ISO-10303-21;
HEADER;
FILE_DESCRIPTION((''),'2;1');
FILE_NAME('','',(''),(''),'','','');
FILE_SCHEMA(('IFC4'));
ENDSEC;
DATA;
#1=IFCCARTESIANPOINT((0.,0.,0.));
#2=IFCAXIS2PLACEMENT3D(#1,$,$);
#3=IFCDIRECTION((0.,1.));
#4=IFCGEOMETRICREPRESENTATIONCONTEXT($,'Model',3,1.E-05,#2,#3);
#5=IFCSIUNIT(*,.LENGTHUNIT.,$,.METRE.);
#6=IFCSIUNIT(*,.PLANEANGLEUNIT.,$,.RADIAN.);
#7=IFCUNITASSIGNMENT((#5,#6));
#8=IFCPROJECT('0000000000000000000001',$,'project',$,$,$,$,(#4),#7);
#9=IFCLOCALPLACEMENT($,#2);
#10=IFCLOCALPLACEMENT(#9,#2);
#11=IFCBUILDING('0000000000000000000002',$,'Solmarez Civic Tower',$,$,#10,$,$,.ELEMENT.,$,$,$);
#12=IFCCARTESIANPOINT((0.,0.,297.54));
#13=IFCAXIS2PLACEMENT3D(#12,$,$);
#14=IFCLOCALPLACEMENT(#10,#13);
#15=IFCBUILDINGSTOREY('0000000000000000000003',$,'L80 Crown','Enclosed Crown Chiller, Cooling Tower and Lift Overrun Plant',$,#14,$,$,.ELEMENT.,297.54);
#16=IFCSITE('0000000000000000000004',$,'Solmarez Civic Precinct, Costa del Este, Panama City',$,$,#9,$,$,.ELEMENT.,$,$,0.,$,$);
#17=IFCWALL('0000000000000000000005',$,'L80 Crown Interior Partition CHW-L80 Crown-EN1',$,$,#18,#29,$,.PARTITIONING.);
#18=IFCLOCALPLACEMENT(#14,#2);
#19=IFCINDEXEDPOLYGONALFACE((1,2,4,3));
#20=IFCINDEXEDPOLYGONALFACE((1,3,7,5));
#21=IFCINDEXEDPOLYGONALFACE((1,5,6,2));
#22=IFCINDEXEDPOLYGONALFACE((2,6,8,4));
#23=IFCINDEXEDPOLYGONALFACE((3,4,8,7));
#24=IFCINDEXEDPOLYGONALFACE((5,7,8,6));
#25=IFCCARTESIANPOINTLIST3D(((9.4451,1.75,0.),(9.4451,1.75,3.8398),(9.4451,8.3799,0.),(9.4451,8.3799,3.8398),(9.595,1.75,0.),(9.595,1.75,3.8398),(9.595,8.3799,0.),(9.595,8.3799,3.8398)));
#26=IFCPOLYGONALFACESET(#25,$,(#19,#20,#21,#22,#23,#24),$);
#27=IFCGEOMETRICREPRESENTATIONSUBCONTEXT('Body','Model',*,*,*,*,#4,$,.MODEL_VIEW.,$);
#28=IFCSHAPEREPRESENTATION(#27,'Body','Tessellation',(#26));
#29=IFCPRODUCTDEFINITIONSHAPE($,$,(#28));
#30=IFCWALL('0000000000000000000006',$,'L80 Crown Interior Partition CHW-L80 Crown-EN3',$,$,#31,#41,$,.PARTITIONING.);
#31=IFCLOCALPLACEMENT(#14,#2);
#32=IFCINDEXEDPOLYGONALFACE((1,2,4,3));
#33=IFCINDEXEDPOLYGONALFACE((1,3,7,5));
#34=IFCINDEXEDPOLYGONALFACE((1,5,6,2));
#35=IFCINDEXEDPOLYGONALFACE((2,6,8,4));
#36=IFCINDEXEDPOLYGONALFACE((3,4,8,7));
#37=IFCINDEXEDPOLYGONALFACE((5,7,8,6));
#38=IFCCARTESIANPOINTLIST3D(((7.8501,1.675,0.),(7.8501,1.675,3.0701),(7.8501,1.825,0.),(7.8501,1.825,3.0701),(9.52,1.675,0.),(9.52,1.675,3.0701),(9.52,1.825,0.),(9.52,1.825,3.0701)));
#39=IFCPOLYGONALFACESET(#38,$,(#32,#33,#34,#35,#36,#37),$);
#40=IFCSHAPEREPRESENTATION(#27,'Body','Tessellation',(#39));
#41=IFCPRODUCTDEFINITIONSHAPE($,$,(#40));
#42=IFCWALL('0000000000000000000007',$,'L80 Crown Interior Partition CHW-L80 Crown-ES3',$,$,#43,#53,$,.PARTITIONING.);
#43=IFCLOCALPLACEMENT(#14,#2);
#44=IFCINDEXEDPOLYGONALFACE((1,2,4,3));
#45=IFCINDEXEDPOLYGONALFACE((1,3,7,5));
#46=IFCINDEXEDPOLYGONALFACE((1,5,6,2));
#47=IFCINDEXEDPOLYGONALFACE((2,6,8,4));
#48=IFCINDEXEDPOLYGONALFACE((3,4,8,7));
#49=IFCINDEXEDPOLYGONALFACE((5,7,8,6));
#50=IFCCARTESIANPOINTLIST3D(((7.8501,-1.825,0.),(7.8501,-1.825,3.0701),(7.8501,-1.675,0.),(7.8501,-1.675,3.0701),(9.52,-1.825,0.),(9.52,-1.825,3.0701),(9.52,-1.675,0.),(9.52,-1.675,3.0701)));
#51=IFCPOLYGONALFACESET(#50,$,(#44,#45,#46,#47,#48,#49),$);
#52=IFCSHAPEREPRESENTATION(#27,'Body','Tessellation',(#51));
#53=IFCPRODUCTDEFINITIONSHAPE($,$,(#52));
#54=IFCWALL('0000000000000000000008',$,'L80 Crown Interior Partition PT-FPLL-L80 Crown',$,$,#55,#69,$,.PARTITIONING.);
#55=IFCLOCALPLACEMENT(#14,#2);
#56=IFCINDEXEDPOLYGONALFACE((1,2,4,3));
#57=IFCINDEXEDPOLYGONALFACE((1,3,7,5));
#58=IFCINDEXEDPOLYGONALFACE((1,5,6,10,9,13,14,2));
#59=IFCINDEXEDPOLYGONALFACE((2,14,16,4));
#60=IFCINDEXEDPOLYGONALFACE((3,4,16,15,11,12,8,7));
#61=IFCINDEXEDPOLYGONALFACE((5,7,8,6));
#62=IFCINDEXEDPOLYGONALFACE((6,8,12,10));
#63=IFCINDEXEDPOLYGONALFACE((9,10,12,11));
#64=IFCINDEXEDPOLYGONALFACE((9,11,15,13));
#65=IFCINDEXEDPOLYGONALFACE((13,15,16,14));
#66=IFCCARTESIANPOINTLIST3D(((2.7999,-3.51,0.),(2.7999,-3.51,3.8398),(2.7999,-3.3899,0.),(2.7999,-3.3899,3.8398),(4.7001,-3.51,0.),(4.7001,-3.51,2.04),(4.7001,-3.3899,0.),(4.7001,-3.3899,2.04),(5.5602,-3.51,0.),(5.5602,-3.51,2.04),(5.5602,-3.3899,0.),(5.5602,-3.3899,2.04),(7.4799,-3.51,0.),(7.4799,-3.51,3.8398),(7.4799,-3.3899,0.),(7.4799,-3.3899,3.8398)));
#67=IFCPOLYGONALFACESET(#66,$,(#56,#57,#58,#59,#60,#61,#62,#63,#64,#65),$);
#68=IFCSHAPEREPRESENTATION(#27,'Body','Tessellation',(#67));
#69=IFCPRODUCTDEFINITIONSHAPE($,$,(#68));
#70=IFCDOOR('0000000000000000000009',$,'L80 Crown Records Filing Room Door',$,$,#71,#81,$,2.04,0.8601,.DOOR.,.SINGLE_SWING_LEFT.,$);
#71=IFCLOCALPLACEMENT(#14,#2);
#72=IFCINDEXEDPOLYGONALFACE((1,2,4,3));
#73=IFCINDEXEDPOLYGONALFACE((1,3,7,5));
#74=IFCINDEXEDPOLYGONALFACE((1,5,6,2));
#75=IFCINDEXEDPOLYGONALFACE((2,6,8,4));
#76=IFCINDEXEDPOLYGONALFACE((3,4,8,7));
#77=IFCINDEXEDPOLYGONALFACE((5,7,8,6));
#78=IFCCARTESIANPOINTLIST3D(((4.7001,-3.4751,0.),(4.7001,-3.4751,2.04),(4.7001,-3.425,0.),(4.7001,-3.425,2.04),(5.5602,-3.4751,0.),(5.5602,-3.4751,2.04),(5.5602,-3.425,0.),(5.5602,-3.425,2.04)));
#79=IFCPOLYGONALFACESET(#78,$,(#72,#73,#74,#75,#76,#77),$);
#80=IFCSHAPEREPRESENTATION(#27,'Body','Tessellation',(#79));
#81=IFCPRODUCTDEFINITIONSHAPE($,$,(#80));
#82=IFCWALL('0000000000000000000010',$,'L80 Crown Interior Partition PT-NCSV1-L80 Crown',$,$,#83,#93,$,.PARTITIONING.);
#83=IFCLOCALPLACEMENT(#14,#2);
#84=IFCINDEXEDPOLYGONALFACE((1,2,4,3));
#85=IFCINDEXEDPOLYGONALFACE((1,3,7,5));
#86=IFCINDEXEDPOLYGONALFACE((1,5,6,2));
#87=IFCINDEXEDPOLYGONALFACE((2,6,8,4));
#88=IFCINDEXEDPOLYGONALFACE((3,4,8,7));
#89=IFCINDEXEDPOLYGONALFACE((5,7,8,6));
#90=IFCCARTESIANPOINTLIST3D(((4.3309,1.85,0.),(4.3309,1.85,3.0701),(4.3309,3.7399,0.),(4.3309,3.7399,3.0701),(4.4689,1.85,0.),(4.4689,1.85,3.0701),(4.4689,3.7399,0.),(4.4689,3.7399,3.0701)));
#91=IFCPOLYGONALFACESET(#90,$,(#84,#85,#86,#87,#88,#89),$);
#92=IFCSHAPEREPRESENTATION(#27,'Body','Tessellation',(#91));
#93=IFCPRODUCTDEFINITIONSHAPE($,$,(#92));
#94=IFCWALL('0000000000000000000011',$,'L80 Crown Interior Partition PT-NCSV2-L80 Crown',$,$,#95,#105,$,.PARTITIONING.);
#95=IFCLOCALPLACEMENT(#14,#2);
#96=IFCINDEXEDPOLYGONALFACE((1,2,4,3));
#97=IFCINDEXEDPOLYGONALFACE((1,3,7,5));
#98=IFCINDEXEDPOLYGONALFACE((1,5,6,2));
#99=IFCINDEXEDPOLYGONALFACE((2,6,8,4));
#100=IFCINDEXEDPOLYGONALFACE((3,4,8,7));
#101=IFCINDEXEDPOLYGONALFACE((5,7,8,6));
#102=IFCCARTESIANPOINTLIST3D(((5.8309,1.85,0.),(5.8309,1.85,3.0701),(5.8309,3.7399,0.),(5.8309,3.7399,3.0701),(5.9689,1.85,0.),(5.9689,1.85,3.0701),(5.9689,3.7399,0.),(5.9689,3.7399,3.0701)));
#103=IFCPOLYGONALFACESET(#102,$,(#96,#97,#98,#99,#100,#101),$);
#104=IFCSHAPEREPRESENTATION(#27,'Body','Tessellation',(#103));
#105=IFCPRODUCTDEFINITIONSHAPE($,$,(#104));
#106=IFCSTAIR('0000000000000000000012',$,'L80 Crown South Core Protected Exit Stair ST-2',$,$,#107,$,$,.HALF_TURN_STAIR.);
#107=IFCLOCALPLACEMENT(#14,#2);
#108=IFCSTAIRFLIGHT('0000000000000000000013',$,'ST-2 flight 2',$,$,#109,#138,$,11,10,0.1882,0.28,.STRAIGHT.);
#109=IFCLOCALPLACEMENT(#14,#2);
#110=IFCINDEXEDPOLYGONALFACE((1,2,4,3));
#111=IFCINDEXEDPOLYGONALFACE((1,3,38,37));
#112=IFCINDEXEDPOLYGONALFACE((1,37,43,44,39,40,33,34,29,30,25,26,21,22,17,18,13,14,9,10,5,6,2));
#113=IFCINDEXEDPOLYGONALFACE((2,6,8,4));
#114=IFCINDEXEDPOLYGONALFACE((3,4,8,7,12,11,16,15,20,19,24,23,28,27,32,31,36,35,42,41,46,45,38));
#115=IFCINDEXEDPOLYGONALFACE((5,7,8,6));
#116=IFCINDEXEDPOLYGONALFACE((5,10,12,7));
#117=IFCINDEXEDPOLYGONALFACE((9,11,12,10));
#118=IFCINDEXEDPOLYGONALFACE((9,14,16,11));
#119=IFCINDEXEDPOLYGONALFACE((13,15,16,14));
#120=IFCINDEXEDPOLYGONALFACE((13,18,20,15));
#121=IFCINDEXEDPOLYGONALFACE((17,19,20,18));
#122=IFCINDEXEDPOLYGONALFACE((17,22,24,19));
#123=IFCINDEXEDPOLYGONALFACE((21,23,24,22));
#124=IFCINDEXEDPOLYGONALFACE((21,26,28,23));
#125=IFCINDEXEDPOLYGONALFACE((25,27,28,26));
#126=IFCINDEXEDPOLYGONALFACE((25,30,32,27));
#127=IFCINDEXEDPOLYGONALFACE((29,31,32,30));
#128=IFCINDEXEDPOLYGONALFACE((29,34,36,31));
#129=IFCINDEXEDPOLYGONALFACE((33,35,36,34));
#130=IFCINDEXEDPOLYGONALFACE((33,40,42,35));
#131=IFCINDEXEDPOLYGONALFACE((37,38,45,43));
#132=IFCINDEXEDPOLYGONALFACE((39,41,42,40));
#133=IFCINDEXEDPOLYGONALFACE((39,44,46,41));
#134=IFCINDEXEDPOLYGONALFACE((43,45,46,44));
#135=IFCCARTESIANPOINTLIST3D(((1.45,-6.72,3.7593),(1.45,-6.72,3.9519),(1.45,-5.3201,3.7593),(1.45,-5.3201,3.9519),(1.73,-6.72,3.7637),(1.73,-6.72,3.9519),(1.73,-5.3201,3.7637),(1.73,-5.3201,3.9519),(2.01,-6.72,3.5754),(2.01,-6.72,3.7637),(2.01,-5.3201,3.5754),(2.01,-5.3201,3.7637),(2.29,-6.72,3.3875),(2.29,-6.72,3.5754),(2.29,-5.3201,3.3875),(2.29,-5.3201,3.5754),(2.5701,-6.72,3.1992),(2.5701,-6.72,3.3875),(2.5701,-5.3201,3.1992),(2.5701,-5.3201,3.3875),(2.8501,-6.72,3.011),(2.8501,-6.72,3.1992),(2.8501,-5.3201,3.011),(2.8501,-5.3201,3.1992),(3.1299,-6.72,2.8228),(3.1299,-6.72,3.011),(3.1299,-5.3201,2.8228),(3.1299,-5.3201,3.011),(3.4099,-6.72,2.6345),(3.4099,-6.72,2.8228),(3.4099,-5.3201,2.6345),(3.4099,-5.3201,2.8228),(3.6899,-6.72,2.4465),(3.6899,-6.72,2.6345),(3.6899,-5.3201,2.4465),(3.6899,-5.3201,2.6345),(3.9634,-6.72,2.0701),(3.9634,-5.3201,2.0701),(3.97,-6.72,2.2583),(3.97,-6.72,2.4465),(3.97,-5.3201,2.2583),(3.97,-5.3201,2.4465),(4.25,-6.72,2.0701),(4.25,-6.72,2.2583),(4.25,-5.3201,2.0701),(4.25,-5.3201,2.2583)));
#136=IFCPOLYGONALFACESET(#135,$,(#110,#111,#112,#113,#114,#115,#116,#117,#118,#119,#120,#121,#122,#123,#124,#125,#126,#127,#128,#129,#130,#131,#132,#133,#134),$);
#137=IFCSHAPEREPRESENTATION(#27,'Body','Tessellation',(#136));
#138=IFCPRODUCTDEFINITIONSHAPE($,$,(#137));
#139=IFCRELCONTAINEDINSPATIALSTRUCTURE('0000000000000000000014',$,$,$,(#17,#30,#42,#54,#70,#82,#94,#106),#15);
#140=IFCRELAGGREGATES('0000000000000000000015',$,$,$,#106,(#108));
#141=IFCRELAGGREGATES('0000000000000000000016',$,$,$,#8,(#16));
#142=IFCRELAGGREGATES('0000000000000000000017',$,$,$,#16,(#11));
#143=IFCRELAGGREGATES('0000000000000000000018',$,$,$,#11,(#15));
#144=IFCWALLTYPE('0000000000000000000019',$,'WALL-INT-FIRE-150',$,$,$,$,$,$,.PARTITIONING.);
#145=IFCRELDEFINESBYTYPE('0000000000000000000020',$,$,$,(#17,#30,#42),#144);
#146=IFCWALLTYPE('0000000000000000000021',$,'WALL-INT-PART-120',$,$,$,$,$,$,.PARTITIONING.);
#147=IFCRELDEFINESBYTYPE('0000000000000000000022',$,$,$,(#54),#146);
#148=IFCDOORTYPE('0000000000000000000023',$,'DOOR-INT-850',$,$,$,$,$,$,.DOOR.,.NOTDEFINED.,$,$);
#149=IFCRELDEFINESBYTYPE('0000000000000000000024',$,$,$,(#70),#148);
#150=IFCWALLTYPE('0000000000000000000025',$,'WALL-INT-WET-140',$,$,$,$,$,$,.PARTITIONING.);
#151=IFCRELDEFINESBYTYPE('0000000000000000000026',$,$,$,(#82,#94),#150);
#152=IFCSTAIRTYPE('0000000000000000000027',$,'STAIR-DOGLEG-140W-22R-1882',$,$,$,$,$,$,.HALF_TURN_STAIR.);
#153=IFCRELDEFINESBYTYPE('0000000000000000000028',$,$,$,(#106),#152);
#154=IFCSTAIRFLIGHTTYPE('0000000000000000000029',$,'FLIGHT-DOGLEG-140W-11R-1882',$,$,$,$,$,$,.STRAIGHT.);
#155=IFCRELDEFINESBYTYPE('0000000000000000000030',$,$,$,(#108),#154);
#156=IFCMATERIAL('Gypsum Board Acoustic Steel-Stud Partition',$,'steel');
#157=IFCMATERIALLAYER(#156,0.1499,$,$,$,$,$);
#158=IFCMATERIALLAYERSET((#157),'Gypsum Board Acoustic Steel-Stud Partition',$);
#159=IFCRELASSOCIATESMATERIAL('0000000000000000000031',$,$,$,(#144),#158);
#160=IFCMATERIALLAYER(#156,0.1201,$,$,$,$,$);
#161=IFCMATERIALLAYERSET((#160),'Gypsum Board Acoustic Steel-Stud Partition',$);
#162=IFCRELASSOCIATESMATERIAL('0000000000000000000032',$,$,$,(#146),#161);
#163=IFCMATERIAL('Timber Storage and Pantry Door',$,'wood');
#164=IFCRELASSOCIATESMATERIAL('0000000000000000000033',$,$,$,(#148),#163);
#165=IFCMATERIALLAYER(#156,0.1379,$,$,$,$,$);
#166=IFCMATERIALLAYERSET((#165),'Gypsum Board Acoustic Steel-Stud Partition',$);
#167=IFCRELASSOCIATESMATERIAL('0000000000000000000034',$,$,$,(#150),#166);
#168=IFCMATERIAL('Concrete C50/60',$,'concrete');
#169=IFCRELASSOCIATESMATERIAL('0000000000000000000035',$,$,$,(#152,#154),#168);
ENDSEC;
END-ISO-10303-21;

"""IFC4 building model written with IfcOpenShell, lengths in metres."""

from ifc_helpers import new_model, si_unit, direction, frame, frame_2d, origin, place, context, subcontext, project, spatial, polyline, rectangle, outline, extrude, material, layer, layer_set, type_object, element, fill, aggregate, save


model = new_model("IFC4")

# Units and contexts
model_context = context("Model", 3, precision=1e-05, world=origin(), true_north=direction((0.0, 1.0)))
body_context = subcontext(model_context, "Body", "Model", "MODEL_VIEW")
ifc_project = project(units=[si_unit("LENGTHUNIT", "METRE"), si_unit("PLANEANGLEUNIT", "RADIAN")], contexts=[model_context])

# Site, building, storey
site_placement = place(None, origin())
site = spatial("IfcSite", under=ifc_project, at=site_placement, Name="Solmarez Civic Precinct, Costa del Este, Panama City", CompositionType="ELEMENT", RefElevation=0.0)
building_placement = place(site_placement, origin())
building = spatial("IfcBuilding", under=site, at=building_placement, Name="Solmarez Civic Tower", CompositionType="ELEMENT")
storey_placement = place(building_placement, frame((0.0, 0.0, 297.54)))
storey = spatial("IfcBuildingStorey", under=building, at=storey_placement, Name="L80 Crown", Description="Enclosed Crown Chiller, Cooling Tower and Lift Overrun Plant", CompositionType="ELEMENT", Elevation=297.54)

# Shared definitions
ifc_material_1 = material(Name="Concrete C50/60", Category="concrete")

# Walls
ifc_material_2 = material(Name="Gypsum Board Acoustic Steel-Stud Partition", Category="steel")
ifc_layer_1 = layer(ifc_material_2, 0.1499)
ifc_layer_set_1 = layer_set([ifc_layer_1], Name="Gypsum Board Acoustic Steel-Stud Partition")
wall_type_1 = type_object("IfcWallType", Name="WALL-INT-FIRE-150", PredefinedType="PARTITIONING", material=ifc_layer_set_1)
wall_1_placement = place(storey_placement, frame((9.52, 1.75, 0.0), z_axis=(0.0, 0.0, 1.0), x_axis=(0.0, 1.0, 0.0)))
element("IfcWall", 1, at=wall_1_placement, inside=storey, type_object=wall_type_1, Name="L80 Crown Interior Partition CHW-L80 Crown-EN1", PredefinedType="PARTITIONING", context=body_context, shape_type="SweptSolid", body=[
    extrude(rectangle(XDim=6.6299, YDim=0.1499, at=frame_2d((3.3149, 0.0))), origin(), (0.0, 0.0, 1.0), 3.8398),
])
for number, where, z_axis, x_axis, name in (
    (2, (7.8501, 1.75, 0.0), (0.0, 0.0, 1.0), (1.0, 0.0, 0.0), "L80 Crown Interior Partition CHW-L80 Crown-EN3"),
    (3, (7.8501, -1.75, 0.0), (0.0, 0.0, 1.0), (1.0, 0.0, 0.0), "L80 Crown Interior Partition CHW-L80 Crown-ES3"),
):
    element("IfcWall", number, at=place(storey_placement, frame(where, z_axis=z_axis, x_axis=x_axis)), inside=storey, type_object=wall_type_1, Name=name, PredefinedType="PARTITIONING", context=body_context, shape_type="SweptSolid", body=[
        extrude(rectangle(XDim=1.6699, YDim=0.1499, at=frame_2d((0.835, 0.0))), origin(), (0.0, 0.0, 1.0), 3.0701),
    ])

# Wall, opening, door
ifc_layer_2 = layer(ifc_material_2, 0.1201)
ifc_layer_set_2 = layer_set([ifc_layer_2], Name="Gypsum Board Acoustic Steel-Stud Partition")
wall_type_2 = type_object("IfcWallType", Name="WALL-INT-PART-120", PredefinedType="PARTITIONING", material=ifc_layer_set_2)
wall_2_placement = place(storey_placement, frame((2.8, -3.45, 0.0), z_axis=(0.0, 0.0, 1.0), x_axis=(1.0, 0.0, 0.0)))
wall_2 = element("IfcWall", 4, at=wall_2_placement, inside=storey, type_object=wall_type_2, Name="L80 Crown Interior Partition PT-FPLL-L80 Crown", PredefinedType="PARTITIONING", context=body_context, shape_type="SweptSolid", body=[
    extrude(rectangle(XDim=4.6799, YDim=0.1201, at=frame_2d((2.3398, 0.0))), origin(), (0.0, 0.0, 1.0), 3.8398),
])
opening_1_placement = place(wall_2_placement, frame((1.8999, 0.0, 0.0)))
opening_1 = element("IfcOpeningElement", 5, at=opening_1_placement, cuts=wall_2, PredefinedType="OPENING", context=body_context, shape_type="SweptSolid", body=[
    extrude(rectangle(XDim=0.8601, YDim=2.04, at=frame_2d((0.4302, 1.02))), frame((0.0, 0.0701, 0.0), z_axis=(0.0, -1.0, 0.0), x_axis=(1.0, 0.0, 0.0)), (0.0, 0.0, 1.0), 0.1401),
])
ifc_material_3 = material(Name="Timber Storage and Pantry Door", Category="wood")
door_type_1 = type_object("IfcDoorType", Name="DOOR-INT-850", OperationType="NOTDEFINED", PredefinedType="DOOR", material=ifc_material_3)
door_1_placement = place(opening_1_placement, origin())
door_1 = element("IfcDoor", 6, at=door_1_placement, inside=storey, type_object=door_type_1, Name="L80 Crown Records Filing Room Door", OperationType="SINGLE_SWING_LEFT", OverallHeight=2.04, OverallWidth=0.8601, PredefinedType="DOOR", context=body_context, shape_type="SweptSolid", body=[
    extrude(rectangle(XDim=0.8601, YDim=2.04, at=frame_2d((0.4302, 1.02))), frame((0.0, 0.0249, 0.0), z_axis=(0.0, -1.0, 0.0), x_axis=(1.0, 0.0, 0.0)), (0.0, 0.0, 1.0), 0.05),
])
fill(opening_1, door_1)

# Walls
ifc_layer_3 = layer(ifc_material_2, 0.1379)
ifc_layer_set_3 = layer_set([ifc_layer_3], Name="Gypsum Board Acoustic Steel-Stud Partition")
wall_type_3 = type_object("IfcWallType", Name="WALL-INT-WET-140", PredefinedType="PARTITIONING", material=ifc_layer_set_3)
for number, where, z_axis, x_axis, name in (
    (7, (4.3999, 1.8501, 0.0), (0.0, 0.0, 1.0), (0.0, 1.0, 0.0), "L80 Crown Interior Partition PT-NCSV1-L80 Crown"),
    (8, (5.8999, 1.8501, 0.0), (0.0, 0.0, 1.0), (0.0, 1.0, 0.0), "L80 Crown Interior Partition PT-NCSV2-L80 Crown"),
):
    element("IfcWall", number, at=place(storey_placement, frame(where, z_axis=z_axis, x_axis=x_axis)), inside=storey, type_object=wall_type_3, Name=name, PredefinedType="PARTITIONING", context=body_context, shape_type="SweptSolid", body=[
        extrude(rectangle(XDim=1.8899, YDim=0.1379, at=frame_2d((0.9448, 0.0))), origin(), (0.0, 0.0, 1.0), 3.0701),
    ])

# Stair, stair flight
stair_type = type_object("IfcStairType", Name="STAIR-DOGLEG-140W-22R-1882", PredefinedType="HALF_TURN_STAIR", material=ifc_material_1)
stair_placement = place(storey_placement, origin())
stair = element("IfcStair", 9, at=stair_placement, inside=storey, type_object=stair_type, Name="L80 Crown South Core Protected Exit Stair ST-2", PredefinedType="HALF_TURN_STAIR")
stair_flight_type = type_object("IfcStairFlightType", Name="FLIGHT-DOGLEG-140W-11R-1882", PredefinedType="STRAIGHT", material=ifc_material_1)
stair_flight_placement = place(storey_placement, frame((4.25, -6.02, 2.0701), z_axis=(0.0, 0.0, 1.0), x_axis=(-1.0, 0.0, 0.0)))
stair_flight = element("IfcStairFlight", 10, at=stair_flight_placement, type_object=stair_flight_type, Name="ST-2 flight 2", NumberOfRisers=11, NumberOfTreads=10, PredefinedType="STRAIGHT", RiserHeight=0.1882, TreadLength=0.28, context=body_context, shape_type="SweptSolid", body=[
    extrude(outline(polyline([(0.0, 0.0), (0.0, 0.1882), (0.28, 0.1882), (0.28, 0.3765), (0.5601, 0.3765), (0.5601, 0.5645), (0.8401, 0.5645), (0.8401, 0.7527), (1.1201, 0.7527), (1.1201, 0.9409), (1.3999, 0.9409), (1.3999, 1.1292), (1.6799, 1.1292), (1.6799, 1.3174), (1.96, 1.3174), (1.96, 1.5054), (2.24, 1.5054), (2.24, 1.6936), (2.52, 1.6936), (2.52, 1.8818), (2.8, 1.8818), (2.8, 2.0701), (2.8, 1.6892), (0.2866, 0.0), (0.0, 0.0)])), frame((0.0, 0.7, 0.0), z_axis=(0.0, -1.0, 0.0), x_axis=(1.0, 0.0, 0.0)), (0.0, 0.0, 1.0), 1.3999),
])
aggregate(stair, [stair_flight])

save(model, "model.ifc")
